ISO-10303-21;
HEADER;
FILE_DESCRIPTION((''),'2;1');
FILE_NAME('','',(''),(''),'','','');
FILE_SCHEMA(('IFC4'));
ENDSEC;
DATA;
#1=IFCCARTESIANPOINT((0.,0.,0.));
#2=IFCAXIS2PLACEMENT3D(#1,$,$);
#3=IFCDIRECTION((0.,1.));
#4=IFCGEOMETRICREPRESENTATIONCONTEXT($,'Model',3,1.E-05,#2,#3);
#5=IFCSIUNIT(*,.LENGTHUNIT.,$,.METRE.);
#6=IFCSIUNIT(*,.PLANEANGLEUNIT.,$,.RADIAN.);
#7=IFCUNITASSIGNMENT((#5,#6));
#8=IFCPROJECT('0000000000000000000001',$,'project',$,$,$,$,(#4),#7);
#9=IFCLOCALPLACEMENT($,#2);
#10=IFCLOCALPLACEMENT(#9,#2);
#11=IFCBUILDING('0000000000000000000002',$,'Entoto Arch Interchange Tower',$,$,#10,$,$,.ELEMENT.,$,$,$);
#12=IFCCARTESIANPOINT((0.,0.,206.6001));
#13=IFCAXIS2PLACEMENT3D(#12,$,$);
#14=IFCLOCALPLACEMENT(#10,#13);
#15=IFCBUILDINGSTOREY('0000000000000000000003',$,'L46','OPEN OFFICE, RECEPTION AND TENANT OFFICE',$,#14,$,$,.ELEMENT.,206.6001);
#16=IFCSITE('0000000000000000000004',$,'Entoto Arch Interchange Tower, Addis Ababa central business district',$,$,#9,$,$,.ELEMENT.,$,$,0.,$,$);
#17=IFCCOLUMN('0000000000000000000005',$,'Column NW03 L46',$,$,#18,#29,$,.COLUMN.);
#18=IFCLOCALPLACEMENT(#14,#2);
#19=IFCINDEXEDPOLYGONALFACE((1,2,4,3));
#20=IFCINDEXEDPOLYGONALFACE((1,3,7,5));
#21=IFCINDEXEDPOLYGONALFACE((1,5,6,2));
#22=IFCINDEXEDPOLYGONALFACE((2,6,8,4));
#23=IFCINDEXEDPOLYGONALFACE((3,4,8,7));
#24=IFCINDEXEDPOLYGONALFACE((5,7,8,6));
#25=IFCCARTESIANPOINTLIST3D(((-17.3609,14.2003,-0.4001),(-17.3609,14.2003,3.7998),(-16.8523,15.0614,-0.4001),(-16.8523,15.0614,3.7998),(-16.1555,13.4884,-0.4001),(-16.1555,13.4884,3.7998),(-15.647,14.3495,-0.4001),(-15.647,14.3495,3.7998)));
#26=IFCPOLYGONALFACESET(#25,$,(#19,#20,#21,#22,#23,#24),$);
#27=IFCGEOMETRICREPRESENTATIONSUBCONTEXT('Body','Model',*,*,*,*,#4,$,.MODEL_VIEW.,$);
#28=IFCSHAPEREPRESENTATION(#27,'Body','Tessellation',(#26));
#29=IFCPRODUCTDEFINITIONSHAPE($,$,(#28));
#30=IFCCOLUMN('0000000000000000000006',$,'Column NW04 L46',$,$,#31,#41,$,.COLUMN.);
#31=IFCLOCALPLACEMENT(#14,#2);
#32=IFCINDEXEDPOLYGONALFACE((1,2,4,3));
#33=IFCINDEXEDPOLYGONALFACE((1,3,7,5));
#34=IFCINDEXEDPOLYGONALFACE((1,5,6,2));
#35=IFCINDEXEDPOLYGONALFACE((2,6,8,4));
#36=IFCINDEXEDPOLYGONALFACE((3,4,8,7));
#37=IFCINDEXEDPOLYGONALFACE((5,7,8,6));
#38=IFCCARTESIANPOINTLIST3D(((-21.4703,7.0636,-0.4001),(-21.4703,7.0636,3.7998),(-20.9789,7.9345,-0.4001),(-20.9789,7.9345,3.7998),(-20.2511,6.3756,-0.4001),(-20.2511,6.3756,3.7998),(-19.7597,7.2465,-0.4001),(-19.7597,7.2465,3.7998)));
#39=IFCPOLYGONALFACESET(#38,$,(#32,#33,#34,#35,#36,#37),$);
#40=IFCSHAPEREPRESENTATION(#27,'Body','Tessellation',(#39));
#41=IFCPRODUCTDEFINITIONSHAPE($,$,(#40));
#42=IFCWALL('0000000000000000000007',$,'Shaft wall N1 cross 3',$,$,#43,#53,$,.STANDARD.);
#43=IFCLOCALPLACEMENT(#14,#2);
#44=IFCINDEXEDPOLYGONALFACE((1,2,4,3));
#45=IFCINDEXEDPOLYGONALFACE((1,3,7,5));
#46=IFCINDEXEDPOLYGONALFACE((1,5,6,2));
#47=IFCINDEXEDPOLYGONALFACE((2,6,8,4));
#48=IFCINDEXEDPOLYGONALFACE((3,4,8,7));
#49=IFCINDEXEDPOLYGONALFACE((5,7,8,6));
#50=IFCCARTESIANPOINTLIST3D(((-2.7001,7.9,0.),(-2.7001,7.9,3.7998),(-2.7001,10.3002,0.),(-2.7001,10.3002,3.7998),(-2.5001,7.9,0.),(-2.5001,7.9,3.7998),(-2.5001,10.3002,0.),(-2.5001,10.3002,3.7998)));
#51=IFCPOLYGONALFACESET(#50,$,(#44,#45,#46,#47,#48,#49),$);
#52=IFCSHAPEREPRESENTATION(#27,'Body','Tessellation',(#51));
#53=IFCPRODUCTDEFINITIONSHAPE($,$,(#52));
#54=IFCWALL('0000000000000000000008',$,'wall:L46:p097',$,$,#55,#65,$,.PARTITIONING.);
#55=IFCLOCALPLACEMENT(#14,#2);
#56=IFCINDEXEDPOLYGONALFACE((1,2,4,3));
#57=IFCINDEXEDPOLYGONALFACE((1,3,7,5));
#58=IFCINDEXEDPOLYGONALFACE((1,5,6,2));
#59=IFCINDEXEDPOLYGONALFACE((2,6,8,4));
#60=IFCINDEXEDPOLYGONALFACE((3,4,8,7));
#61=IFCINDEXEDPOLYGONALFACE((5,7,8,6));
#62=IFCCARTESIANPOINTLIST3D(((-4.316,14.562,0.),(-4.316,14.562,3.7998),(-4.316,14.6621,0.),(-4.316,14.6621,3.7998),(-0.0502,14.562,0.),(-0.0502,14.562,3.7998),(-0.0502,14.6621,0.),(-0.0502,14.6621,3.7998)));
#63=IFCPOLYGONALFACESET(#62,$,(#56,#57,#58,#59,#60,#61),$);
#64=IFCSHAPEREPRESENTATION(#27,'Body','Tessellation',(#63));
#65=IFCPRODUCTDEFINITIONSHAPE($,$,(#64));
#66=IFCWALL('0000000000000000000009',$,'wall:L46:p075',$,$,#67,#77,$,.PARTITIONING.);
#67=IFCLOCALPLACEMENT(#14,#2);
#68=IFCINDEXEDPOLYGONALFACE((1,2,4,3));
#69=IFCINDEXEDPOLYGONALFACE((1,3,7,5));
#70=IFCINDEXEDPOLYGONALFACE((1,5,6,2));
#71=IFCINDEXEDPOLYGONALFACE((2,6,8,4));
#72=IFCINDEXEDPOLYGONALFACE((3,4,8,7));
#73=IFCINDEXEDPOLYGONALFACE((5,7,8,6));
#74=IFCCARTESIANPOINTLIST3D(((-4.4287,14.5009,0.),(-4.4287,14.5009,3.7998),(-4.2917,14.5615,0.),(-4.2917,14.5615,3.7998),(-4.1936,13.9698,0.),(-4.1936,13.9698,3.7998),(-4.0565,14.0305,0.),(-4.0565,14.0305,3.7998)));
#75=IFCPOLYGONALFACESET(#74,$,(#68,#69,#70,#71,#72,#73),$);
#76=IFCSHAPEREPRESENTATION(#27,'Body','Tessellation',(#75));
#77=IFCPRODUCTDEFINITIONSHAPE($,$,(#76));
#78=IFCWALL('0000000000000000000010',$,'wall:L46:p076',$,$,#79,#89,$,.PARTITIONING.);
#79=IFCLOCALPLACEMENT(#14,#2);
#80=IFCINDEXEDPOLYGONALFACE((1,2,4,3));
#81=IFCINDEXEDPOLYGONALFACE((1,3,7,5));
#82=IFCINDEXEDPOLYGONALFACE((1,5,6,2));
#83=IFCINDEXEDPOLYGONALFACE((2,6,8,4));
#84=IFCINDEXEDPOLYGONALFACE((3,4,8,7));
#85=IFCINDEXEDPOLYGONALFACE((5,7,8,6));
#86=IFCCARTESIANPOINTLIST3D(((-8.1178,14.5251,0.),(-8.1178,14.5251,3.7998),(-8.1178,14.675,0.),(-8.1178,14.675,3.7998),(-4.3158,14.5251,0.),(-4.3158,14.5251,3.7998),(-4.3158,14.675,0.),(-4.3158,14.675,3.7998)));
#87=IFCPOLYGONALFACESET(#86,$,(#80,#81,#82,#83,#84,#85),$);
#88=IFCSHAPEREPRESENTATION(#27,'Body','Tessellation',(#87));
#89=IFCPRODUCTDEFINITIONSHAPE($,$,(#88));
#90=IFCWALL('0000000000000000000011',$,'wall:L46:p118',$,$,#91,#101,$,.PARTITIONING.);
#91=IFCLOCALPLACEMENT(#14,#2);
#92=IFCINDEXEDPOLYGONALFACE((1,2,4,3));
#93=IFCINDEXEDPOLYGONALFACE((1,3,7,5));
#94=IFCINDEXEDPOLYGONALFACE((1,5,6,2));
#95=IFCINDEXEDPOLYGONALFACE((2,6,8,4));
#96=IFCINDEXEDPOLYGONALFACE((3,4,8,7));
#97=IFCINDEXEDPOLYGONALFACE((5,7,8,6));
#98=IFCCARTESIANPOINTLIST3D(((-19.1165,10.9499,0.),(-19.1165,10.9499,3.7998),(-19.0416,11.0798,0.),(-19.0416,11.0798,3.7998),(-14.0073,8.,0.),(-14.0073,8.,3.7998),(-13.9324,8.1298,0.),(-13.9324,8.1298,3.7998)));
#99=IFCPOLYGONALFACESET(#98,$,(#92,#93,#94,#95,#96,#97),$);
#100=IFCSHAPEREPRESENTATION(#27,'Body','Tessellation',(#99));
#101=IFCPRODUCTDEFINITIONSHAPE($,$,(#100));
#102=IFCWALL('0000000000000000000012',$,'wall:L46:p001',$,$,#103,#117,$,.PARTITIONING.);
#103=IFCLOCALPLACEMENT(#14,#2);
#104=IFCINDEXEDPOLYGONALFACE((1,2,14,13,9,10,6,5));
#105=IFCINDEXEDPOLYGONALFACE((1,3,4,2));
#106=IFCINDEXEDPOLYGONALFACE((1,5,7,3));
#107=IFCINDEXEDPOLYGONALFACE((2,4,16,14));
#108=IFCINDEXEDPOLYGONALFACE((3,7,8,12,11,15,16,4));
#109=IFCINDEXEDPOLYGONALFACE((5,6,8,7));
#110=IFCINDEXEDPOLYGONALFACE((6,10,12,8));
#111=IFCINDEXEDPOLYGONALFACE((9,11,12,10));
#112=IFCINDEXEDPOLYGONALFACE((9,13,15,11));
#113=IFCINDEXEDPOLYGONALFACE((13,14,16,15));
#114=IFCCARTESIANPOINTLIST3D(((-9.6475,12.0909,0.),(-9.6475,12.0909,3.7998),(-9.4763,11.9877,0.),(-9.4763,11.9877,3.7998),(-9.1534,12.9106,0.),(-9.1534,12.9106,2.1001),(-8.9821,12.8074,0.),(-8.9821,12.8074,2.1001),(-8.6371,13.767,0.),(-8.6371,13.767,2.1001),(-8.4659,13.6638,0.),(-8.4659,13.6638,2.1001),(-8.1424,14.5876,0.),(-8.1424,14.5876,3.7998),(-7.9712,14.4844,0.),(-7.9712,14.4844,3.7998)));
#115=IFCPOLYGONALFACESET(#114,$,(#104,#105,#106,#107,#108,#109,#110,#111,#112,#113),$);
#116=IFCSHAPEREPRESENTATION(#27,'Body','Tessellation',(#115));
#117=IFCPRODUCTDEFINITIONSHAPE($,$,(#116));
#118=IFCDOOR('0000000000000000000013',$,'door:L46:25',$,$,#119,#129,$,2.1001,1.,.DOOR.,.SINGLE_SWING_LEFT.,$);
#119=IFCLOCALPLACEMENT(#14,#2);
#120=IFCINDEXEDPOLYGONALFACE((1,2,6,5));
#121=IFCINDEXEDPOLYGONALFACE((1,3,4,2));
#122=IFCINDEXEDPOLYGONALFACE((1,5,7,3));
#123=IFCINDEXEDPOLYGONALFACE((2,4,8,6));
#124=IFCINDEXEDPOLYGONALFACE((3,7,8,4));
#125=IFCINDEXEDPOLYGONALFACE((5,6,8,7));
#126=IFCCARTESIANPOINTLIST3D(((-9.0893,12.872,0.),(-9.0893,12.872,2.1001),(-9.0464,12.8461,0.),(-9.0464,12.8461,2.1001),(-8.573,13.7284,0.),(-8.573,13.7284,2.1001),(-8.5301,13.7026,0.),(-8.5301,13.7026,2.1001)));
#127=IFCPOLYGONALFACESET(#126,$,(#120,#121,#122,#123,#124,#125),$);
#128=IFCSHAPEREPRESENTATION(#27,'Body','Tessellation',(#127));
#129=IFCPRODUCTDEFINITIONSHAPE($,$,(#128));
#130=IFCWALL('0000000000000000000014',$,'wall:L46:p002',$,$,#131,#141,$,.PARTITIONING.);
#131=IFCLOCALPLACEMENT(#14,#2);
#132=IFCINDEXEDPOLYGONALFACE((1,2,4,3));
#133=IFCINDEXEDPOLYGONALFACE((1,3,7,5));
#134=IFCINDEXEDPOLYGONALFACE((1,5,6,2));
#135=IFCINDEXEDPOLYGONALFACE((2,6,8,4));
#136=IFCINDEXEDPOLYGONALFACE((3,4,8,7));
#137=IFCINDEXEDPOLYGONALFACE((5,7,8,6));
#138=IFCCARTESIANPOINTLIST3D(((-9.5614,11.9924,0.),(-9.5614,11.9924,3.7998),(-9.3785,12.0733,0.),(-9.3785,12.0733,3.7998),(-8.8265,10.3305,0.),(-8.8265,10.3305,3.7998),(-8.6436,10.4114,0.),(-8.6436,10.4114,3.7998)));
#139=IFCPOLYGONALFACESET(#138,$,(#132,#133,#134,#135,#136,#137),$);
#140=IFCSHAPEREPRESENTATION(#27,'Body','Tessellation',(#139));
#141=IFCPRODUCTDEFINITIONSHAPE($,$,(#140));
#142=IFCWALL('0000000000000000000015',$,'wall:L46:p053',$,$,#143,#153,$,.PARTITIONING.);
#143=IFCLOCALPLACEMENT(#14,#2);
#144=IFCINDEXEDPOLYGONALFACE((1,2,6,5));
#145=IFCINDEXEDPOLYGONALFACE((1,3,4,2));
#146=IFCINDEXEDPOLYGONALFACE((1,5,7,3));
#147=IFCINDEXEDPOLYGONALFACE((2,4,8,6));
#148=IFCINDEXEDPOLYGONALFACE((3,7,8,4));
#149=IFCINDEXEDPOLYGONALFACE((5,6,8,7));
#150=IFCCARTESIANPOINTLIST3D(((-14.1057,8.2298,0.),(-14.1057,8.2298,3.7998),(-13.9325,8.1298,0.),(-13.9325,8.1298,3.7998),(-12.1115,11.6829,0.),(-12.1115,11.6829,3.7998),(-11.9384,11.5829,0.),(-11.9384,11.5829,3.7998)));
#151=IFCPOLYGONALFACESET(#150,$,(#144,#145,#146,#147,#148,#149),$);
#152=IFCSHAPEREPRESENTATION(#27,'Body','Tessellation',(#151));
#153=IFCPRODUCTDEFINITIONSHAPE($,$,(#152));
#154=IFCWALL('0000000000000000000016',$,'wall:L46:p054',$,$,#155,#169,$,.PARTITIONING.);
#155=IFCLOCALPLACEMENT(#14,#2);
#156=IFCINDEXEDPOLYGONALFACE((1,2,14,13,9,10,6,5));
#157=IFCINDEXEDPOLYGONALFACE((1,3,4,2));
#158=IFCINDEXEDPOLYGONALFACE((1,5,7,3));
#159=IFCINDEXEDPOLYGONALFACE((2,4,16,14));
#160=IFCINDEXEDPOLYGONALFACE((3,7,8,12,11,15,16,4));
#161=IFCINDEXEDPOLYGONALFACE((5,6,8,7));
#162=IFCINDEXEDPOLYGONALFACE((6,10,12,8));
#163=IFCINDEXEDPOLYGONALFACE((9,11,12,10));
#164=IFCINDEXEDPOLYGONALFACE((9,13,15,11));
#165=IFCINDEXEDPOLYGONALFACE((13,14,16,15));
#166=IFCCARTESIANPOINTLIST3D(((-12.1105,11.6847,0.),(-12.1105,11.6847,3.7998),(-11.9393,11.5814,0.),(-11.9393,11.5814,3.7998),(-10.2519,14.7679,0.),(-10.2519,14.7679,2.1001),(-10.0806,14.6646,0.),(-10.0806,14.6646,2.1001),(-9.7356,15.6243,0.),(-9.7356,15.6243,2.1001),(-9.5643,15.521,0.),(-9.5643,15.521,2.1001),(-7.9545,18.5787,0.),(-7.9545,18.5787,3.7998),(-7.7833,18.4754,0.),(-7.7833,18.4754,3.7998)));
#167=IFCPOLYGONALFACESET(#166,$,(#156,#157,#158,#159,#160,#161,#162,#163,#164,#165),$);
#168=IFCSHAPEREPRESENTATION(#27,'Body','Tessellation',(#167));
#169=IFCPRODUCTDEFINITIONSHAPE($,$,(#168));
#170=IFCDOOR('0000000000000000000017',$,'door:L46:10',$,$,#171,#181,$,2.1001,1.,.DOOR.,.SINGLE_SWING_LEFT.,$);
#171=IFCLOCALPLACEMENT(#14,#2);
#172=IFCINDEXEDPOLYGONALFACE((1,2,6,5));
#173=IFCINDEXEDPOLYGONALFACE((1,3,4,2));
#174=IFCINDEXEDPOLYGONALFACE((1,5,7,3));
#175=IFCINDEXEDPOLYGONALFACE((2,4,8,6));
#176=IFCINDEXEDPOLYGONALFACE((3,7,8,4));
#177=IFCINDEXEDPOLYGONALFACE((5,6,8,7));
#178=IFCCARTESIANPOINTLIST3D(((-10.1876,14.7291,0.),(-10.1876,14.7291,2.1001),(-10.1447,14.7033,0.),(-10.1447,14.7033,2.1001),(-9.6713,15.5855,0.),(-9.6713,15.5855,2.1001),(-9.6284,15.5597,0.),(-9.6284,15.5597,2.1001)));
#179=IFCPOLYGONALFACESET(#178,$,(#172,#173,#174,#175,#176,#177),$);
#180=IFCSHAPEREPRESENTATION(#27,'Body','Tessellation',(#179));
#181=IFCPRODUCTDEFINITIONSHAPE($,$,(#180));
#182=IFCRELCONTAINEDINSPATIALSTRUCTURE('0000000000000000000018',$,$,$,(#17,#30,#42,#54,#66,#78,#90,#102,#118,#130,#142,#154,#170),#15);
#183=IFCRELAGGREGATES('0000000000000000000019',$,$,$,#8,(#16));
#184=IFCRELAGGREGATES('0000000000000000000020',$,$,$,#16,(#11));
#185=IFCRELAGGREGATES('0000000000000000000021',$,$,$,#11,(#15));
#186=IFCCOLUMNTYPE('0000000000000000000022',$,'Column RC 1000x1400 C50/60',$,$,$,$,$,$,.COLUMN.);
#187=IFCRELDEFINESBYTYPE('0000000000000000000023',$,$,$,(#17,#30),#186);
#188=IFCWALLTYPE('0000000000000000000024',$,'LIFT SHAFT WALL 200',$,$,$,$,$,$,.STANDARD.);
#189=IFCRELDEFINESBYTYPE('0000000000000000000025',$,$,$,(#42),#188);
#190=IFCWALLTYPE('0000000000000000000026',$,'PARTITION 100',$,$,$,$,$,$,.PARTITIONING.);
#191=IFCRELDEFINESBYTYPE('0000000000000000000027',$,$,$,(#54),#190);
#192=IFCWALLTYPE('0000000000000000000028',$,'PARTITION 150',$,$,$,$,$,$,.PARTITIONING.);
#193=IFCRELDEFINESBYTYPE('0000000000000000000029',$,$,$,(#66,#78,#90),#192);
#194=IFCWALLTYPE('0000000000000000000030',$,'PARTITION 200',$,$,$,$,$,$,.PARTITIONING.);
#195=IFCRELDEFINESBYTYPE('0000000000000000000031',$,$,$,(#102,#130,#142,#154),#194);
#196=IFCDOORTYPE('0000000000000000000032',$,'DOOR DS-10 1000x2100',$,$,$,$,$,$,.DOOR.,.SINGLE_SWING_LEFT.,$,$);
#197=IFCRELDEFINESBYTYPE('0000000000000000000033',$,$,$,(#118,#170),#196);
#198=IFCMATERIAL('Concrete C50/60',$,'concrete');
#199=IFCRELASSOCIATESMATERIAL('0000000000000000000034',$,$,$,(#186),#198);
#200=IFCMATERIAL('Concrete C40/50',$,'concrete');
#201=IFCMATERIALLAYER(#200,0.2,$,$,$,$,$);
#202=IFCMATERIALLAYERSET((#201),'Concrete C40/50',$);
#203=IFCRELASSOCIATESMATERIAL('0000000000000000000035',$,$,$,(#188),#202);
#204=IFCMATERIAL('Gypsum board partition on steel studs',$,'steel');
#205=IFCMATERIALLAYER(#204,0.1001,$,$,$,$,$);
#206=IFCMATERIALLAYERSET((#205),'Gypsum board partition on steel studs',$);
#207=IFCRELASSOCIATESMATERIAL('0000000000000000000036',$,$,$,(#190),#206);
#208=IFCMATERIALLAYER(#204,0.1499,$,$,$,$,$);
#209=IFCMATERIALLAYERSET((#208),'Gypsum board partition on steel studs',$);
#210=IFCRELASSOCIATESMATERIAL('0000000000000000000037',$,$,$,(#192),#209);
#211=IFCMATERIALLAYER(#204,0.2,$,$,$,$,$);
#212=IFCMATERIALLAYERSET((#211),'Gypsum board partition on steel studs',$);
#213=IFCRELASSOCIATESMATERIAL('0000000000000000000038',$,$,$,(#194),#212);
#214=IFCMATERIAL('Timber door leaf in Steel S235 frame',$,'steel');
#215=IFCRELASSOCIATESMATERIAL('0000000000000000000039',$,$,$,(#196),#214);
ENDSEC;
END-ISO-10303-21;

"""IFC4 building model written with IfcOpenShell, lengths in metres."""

from ifc_helpers import new_model, si_unit, direction, frame, frame_2d, origin, origin_2d, place, context, subcontext, project, spatial, rectangle, extrude, material, layer, layer_set, material_profile, profile_set, type_object, element, fill, save


model = new_model("IFC4")

# Units and contexts
model_context = context("Model", 3, precision=1e-05, world=origin(), true_north=direction((0.0, 1.0)))
body_context = subcontext(model_context, "Body", "Model", "MODEL_VIEW")
ifc_project = project(units=[si_unit("LENGTHUNIT", "METRE"), si_unit("PLANEANGLEUNIT", "RADIAN")], contexts=[model_context])

# Site, building, storey
site_placement = place(None, origin())
site = spatial("IfcSite", under=ifc_project, at=site_placement, Name="Entoto Arch Interchange Tower, Addis Ababa central business district", CompositionType="ELEMENT", RefElevation=0.0)
building_placement = place(site_placement, origin())
building = spatial("IfcBuilding", under=site, at=building_placement, Name="Entoto Arch Interchange Tower", CompositionType="ELEMENT")
storey_placement = place(building_placement, frame((0.0, 0.0, 206.6001)))
storey = spatial("IfcBuildingStorey", under=building, at=storey_placement, Name="L46", Description="OPEN OFFICE, RECEPTION AND TENANT OFFICE", CompositionType="ELEMENT", Elevation=206.6001)

# Columns
ifc_material_1 = material(Name="Concrete C50/60", Category="concrete")
ifc_material_profile = material_profile(ifc_material_1, rectangle(XDim=1.0, YDim=1.3999, at=origin_2d()))
ifc_profile_set = profile_set([ifc_material_profile], Name="Concrete C50/60")
column_type = type_object("IfcColumnType", Name="Column RC 1000x1400 C50/60", PredefinedType="COLUMN", material=ifc_profile_set)
for number, where, z_axis, x_axis, name in (
    (1, (-16.5039, 14.2749, -0.4001), (0.0, 0.0, 1.0), (0.508516, 0.861053, 0.0), "Column NW03 L46"),
    (2, (-20.615, 7.155, -0.4001), (0.0, 0.0, 1.0), (0.491436, 0.870914, 0.0), "Column NW04 L46"),
):
    element("IfcColumn", number, at=place(storey_placement, frame(where, z_axis=z_axis, x_axis=x_axis)), inside=storey, type_object=column_type, Name=name, PredefinedType="COLUMN", context=body_context, shape_type="SweptSolid", body=[
        extrude(rectangle(XDim=1.0, YDim=1.3999, at=origin_2d()), origin(), (0.0, 0.0, 1.0), 4.2),
    ])

# Walls
ifc_material_2 = material(Name="Concrete C40/50", Category="concrete")
ifc_layer_1 = layer(ifc_material_2, 0.2)
ifc_layer_set_1 = layer_set([ifc_layer_1], Name="Concrete C40/50")
wall_type_1 = type_object("IfcWallType", Name="LIFT SHAFT WALL 200", PredefinedType="STANDARD", material=ifc_layer_set_1)
wall_1_placement = place(storey_placement, frame((-2.6001, 7.8999, 0.0), z_axis=(0.0, 0.0, 1.0), x_axis=(0.0, 1.0, 0.0)))
element("IfcWall", 3, at=wall_1_placement, inside=storey, type_object=wall_type_1, Name="Shaft wall N1 cross 3", PredefinedType="STANDARD", context=body_context, shape_type="SweptSolid", body=[
    extrude(rectangle(XDim=2.4001, YDim=0.2, at=frame_2d((1.2002, 0.0))), origin(), (0.0, 0.0, 1.0), 3.7998),
])
ifc_material_3 = material(Name="Gypsum board partition on steel studs", Category="steel")
ifc_layer_2 = layer(ifc_material_3, 0.1001)
ifc_layer_set_2 = layer_set([ifc_layer_2], Name="Gypsum board partition on steel studs")
wall_type_2 = type_object("IfcWallType", Name="PARTITION 100", PredefinedType="PARTITIONING", material=ifc_layer_set_2)
wall_2_placement = place(storey_placement, frame((-4.3159, 14.6121, 0.0), z_axis=(0.0, 0.0, 1.0), x_axis=(1.0, 0.0, 0.0)))
element("IfcWall", 4, at=wall_2_placement, inside=storey, type_object=wall_type_2, Name="wall:L46:p097", PredefinedType="PARTITIONING", context=body_context, shape_type="SweptSolid", body=[
    extrude(rectangle(XDim=4.2659, YDim=0.1001, at=frame_2d((2.1328, 0.0))), origin(), (0.0, 0.0, 1.0), 3.7998),
])
ifc_layer_3 = layer(ifc_material_3, 0.1499)
ifc_layer_set_3 = layer_set([ifc_layer_3], Name="Gypsum board partition on steel studs")
wall_type_3 = type_object("IfcWallType", Name="PARTITION 150", PredefinedType="PARTITIONING", material=ifc_layer_set_3)
wall_3_placement = place(storey_placement, frame((-4.125, 14.0, 0.0), z_axis=(0.0, 0.0, 1.0), x_axis=(-0.404851, 0.914383, 0.0)))
element("IfcWall", 5, at=wall_3_placement, inside=storey, type_object=wall_type_3, Name="wall:L46:p075", PredefinedType="PARTITIONING", context=body_context, shape_type="SweptSolid", body=[
    extrude(rectangle(XDim=0.5808, YDim=0.1499, at=frame_2d((0.2905, 0.0))), origin(), (0.0, 0.0, 1.0), 3.7998),
])
wall_4_placement = place(storey_placement, frame((-4.3159, 14.6001, 0.0), z_axis=(0.0, 0.0, 1.0), x_axis=(-1.0, 0.0, 0.0)))
element("IfcWall", 6, at=wall_4_placement, inside=storey, type_object=wall_type_3, Name="wall:L46:p076", PredefinedType="PARTITIONING", context=body_context, shape_type="SweptSolid", body=[
    extrude(rectangle(XDim=3.802, YDim=0.1499, at=frame_2d((1.9009, 0.0))), origin(), (0.0, 0.0, 1.0), 3.7998),
])
wall_5_placement = place(storey_placement, frame((-13.97, 8.0649, 0.0), z_axis=(0.0, 0.0, 1.0), x_axis=(-0.866011, 0.500025, 0.0)))
element("IfcWall", 7, at=wall_5_placement, inside=storey, type_object=wall_type_3, Name="wall:L46:p118", PredefinedType="PARTITIONING", context=body_context, shape_type="SweptSolid", body=[
    extrude(rectangle(XDim=5.8997, YDim=0.1499, at=frame_2d((2.9497, 0.0))), origin(), (0.0, 0.0, 1.0), 3.7998),
])

# Wall, opening, door
ifc_layer_4 = layer(ifc_material_3, 0.2)
ifc_layer_set_4 = layer_set([ifc_layer_4], Name="Gypsum board partition on steel studs")
wall_type_4 = type_object("IfcWallType", Name="PARTITION 200", PredefinedType="PARTITIONING", material=ifc_layer_set_4)
wall_6_placement = place(storey_placement, frame((-8.0569, 14.5359, 0.0), z_axis=(0.0, 0.0, 1.0), x_axis=(-0.516268, -0.856427, 0.0)))
wall_6 = element("IfcWall", 8, at=wall_6_placement, inside=storey, type_object=wall_type_4, Name="wall:L46:p001", PredefinedType="PARTITIONING", context=body_context, shape_type="SweptSolid", body=[
    extrude(rectangle(XDim=2.9153, YDim=0.2, at=frame_2d((1.4575, 0.0))), origin(), (0.0, 0.0, 1.0), 3.7998),
])
opening_1_placement = place(wall_6_placement, frame((0.958, 0.0, 0.0)))
opening_1 = element("IfcOpeningElement", 9, at=opening_1_placement, cuts=wall_6, PredefinedType="OPENING", context=body_context, shape_type="SweptSolid", body=[
    extrude(rectangle(XDim=1.0, YDim=2.1001, at=frame_2d((0.5, 1.05))), frame((0.0, 0.1099, 0.0), z_axis=(0.0, -1.0, 0.0), x_axis=(1.0, 0.0, 0.0)), (0.0, 0.0, 1.0), 0.22),
])
ifc_material_4 = material(Name="Timber door leaf in Steel S235 frame", Category="steel")
door_type_1 = type_object("IfcDoorType", Name="DOOR DS-10 1000x2100", OperationType="SINGLE_SWING_LEFT", PredefinedType="DOOR", material=ifc_material_4)
door_1_placement = place(opening_1_placement, origin())
door_1 = element("IfcDoor", 10, at=door_1_placement, inside=storey, type_object=door_type_1, Name="door:L46:25", OperationType="SINGLE_SWING_LEFT", OverallHeight=2.1001, OverallWidth=1.0, PredefinedType="DOOR", context=body_context, shape_type="SweptSolid", body=[
    extrude(rectangle(XDim=1.0, YDim=2.1001, at=frame_2d((0.5, 1.05))), frame((0.0, 0.0249, 0.0), z_axis=(0.0, -1.0, 0.0), x_axis=(1.0, 0.0, 0.0)), (0.0, 0.0, 1.0), 0.05),
])
fill(opening_1, door_1)

# Walls
wall_7_placement = place(storey_placement, frame((-9.47, 12.033, 0.0), z_axis=(0.0, 0.0, 1.0), x_axis=(0.404417, -0.914575, 0.0)))
element("IfcWall", 11, at=wall_7_placement, inside=storey, type_object=wall_type_4, Name="wall:L46:p002", PredefinedType="PARTITIONING", context=body_context, shape_type="SweptSolid", body=[
    extrude(rectangle(XDim=1.8171, YDim=0.2, at=frame_2d((0.9087, 0.0))), origin(), (0.0, 0.0, 1.0), 3.7998),
])
wall_8_placement = place(storey_placement, frame((-14.019, 8.1799, 0.0), z_axis=(0.0, 0.0, 1.0), x_axis=(0.50009, 0.865973, 0.0)))
element("IfcWall", 12, at=wall_8_placement, inside=storey, type_object=wall_type_4, Name="wall:L46:p053", PredefinedType="PARTITIONING", context=body_context, shape_type="SweptSolid", body=[
    extrude(rectangle(XDim=3.9875, YDim=0.2, at=frame_2d((1.9937, 0.0))), origin(), (0.0, 0.0, 1.0), 3.7998),
])

# Wall, opening, door
wall_9_placement = place(storey_placement, frame((-12.0249, 11.6331, 0.0), z_axis=(0.0, 0.0, 1.0), x_axis=(0.516283, 0.856418, 0.0)))
wall_9 = element("IfcWall", 13, at=wall_9_placement, inside=storey, type_object=wall_type_4, Name="wall:L46:p054", PredefinedType="PARTITIONING", context=body_context, shape_type="SweptSolid", body=[
    extrude(rectangle(XDim=8.0498, YDim=0.2, at=frame_2d((4.0249, 0.0))), origin(), (0.0, 0.0, 1.0), 3.7998),
])
opening_2_placement = place(wall_9_placement, frame((3.6001, 0.0, 0.0)))
opening_2 = element("IfcOpeningElement", 14, at=opening_2_placement, cuts=wall_9, PredefinedType="OPENING", context=body_context, shape_type="SweptSolid", body=[
    extrude(rectangle(XDim=1.0, YDim=2.1001, at=frame_2d((0.5, 1.05))), frame((0.0, 0.1099, 0.0), z_axis=(0.0, -1.0, 0.0), x_axis=(1.0, 0.0, 0.0)), (0.0, 0.0, 1.0), 0.22),
])
door_2_placement = place(opening_2_placement, origin())
door_2 = element("IfcDoor", 15, at=door_2_placement, inside=storey, type_object=door_type_1, Name="door:L46:10", OperationType="SINGLE_SWING_LEFT", OverallHeight=2.1001, OverallWidth=1.0, PredefinedType="DOOR", context=body_context, shape_type="SweptSolid", body=[
    extrude(rectangle(XDim=1.0, YDim=2.1001, at=frame_2d((0.5, 1.05))), frame((0.0, 0.0249, 0.0), z_axis=(0.0, -1.0, 0.0), x_axis=(1.0, 0.0, 0.0)), (0.0, 0.0, 1.0), 0.05),
])
fill(opening_2, door_2)

save(model, "model.ifc")
